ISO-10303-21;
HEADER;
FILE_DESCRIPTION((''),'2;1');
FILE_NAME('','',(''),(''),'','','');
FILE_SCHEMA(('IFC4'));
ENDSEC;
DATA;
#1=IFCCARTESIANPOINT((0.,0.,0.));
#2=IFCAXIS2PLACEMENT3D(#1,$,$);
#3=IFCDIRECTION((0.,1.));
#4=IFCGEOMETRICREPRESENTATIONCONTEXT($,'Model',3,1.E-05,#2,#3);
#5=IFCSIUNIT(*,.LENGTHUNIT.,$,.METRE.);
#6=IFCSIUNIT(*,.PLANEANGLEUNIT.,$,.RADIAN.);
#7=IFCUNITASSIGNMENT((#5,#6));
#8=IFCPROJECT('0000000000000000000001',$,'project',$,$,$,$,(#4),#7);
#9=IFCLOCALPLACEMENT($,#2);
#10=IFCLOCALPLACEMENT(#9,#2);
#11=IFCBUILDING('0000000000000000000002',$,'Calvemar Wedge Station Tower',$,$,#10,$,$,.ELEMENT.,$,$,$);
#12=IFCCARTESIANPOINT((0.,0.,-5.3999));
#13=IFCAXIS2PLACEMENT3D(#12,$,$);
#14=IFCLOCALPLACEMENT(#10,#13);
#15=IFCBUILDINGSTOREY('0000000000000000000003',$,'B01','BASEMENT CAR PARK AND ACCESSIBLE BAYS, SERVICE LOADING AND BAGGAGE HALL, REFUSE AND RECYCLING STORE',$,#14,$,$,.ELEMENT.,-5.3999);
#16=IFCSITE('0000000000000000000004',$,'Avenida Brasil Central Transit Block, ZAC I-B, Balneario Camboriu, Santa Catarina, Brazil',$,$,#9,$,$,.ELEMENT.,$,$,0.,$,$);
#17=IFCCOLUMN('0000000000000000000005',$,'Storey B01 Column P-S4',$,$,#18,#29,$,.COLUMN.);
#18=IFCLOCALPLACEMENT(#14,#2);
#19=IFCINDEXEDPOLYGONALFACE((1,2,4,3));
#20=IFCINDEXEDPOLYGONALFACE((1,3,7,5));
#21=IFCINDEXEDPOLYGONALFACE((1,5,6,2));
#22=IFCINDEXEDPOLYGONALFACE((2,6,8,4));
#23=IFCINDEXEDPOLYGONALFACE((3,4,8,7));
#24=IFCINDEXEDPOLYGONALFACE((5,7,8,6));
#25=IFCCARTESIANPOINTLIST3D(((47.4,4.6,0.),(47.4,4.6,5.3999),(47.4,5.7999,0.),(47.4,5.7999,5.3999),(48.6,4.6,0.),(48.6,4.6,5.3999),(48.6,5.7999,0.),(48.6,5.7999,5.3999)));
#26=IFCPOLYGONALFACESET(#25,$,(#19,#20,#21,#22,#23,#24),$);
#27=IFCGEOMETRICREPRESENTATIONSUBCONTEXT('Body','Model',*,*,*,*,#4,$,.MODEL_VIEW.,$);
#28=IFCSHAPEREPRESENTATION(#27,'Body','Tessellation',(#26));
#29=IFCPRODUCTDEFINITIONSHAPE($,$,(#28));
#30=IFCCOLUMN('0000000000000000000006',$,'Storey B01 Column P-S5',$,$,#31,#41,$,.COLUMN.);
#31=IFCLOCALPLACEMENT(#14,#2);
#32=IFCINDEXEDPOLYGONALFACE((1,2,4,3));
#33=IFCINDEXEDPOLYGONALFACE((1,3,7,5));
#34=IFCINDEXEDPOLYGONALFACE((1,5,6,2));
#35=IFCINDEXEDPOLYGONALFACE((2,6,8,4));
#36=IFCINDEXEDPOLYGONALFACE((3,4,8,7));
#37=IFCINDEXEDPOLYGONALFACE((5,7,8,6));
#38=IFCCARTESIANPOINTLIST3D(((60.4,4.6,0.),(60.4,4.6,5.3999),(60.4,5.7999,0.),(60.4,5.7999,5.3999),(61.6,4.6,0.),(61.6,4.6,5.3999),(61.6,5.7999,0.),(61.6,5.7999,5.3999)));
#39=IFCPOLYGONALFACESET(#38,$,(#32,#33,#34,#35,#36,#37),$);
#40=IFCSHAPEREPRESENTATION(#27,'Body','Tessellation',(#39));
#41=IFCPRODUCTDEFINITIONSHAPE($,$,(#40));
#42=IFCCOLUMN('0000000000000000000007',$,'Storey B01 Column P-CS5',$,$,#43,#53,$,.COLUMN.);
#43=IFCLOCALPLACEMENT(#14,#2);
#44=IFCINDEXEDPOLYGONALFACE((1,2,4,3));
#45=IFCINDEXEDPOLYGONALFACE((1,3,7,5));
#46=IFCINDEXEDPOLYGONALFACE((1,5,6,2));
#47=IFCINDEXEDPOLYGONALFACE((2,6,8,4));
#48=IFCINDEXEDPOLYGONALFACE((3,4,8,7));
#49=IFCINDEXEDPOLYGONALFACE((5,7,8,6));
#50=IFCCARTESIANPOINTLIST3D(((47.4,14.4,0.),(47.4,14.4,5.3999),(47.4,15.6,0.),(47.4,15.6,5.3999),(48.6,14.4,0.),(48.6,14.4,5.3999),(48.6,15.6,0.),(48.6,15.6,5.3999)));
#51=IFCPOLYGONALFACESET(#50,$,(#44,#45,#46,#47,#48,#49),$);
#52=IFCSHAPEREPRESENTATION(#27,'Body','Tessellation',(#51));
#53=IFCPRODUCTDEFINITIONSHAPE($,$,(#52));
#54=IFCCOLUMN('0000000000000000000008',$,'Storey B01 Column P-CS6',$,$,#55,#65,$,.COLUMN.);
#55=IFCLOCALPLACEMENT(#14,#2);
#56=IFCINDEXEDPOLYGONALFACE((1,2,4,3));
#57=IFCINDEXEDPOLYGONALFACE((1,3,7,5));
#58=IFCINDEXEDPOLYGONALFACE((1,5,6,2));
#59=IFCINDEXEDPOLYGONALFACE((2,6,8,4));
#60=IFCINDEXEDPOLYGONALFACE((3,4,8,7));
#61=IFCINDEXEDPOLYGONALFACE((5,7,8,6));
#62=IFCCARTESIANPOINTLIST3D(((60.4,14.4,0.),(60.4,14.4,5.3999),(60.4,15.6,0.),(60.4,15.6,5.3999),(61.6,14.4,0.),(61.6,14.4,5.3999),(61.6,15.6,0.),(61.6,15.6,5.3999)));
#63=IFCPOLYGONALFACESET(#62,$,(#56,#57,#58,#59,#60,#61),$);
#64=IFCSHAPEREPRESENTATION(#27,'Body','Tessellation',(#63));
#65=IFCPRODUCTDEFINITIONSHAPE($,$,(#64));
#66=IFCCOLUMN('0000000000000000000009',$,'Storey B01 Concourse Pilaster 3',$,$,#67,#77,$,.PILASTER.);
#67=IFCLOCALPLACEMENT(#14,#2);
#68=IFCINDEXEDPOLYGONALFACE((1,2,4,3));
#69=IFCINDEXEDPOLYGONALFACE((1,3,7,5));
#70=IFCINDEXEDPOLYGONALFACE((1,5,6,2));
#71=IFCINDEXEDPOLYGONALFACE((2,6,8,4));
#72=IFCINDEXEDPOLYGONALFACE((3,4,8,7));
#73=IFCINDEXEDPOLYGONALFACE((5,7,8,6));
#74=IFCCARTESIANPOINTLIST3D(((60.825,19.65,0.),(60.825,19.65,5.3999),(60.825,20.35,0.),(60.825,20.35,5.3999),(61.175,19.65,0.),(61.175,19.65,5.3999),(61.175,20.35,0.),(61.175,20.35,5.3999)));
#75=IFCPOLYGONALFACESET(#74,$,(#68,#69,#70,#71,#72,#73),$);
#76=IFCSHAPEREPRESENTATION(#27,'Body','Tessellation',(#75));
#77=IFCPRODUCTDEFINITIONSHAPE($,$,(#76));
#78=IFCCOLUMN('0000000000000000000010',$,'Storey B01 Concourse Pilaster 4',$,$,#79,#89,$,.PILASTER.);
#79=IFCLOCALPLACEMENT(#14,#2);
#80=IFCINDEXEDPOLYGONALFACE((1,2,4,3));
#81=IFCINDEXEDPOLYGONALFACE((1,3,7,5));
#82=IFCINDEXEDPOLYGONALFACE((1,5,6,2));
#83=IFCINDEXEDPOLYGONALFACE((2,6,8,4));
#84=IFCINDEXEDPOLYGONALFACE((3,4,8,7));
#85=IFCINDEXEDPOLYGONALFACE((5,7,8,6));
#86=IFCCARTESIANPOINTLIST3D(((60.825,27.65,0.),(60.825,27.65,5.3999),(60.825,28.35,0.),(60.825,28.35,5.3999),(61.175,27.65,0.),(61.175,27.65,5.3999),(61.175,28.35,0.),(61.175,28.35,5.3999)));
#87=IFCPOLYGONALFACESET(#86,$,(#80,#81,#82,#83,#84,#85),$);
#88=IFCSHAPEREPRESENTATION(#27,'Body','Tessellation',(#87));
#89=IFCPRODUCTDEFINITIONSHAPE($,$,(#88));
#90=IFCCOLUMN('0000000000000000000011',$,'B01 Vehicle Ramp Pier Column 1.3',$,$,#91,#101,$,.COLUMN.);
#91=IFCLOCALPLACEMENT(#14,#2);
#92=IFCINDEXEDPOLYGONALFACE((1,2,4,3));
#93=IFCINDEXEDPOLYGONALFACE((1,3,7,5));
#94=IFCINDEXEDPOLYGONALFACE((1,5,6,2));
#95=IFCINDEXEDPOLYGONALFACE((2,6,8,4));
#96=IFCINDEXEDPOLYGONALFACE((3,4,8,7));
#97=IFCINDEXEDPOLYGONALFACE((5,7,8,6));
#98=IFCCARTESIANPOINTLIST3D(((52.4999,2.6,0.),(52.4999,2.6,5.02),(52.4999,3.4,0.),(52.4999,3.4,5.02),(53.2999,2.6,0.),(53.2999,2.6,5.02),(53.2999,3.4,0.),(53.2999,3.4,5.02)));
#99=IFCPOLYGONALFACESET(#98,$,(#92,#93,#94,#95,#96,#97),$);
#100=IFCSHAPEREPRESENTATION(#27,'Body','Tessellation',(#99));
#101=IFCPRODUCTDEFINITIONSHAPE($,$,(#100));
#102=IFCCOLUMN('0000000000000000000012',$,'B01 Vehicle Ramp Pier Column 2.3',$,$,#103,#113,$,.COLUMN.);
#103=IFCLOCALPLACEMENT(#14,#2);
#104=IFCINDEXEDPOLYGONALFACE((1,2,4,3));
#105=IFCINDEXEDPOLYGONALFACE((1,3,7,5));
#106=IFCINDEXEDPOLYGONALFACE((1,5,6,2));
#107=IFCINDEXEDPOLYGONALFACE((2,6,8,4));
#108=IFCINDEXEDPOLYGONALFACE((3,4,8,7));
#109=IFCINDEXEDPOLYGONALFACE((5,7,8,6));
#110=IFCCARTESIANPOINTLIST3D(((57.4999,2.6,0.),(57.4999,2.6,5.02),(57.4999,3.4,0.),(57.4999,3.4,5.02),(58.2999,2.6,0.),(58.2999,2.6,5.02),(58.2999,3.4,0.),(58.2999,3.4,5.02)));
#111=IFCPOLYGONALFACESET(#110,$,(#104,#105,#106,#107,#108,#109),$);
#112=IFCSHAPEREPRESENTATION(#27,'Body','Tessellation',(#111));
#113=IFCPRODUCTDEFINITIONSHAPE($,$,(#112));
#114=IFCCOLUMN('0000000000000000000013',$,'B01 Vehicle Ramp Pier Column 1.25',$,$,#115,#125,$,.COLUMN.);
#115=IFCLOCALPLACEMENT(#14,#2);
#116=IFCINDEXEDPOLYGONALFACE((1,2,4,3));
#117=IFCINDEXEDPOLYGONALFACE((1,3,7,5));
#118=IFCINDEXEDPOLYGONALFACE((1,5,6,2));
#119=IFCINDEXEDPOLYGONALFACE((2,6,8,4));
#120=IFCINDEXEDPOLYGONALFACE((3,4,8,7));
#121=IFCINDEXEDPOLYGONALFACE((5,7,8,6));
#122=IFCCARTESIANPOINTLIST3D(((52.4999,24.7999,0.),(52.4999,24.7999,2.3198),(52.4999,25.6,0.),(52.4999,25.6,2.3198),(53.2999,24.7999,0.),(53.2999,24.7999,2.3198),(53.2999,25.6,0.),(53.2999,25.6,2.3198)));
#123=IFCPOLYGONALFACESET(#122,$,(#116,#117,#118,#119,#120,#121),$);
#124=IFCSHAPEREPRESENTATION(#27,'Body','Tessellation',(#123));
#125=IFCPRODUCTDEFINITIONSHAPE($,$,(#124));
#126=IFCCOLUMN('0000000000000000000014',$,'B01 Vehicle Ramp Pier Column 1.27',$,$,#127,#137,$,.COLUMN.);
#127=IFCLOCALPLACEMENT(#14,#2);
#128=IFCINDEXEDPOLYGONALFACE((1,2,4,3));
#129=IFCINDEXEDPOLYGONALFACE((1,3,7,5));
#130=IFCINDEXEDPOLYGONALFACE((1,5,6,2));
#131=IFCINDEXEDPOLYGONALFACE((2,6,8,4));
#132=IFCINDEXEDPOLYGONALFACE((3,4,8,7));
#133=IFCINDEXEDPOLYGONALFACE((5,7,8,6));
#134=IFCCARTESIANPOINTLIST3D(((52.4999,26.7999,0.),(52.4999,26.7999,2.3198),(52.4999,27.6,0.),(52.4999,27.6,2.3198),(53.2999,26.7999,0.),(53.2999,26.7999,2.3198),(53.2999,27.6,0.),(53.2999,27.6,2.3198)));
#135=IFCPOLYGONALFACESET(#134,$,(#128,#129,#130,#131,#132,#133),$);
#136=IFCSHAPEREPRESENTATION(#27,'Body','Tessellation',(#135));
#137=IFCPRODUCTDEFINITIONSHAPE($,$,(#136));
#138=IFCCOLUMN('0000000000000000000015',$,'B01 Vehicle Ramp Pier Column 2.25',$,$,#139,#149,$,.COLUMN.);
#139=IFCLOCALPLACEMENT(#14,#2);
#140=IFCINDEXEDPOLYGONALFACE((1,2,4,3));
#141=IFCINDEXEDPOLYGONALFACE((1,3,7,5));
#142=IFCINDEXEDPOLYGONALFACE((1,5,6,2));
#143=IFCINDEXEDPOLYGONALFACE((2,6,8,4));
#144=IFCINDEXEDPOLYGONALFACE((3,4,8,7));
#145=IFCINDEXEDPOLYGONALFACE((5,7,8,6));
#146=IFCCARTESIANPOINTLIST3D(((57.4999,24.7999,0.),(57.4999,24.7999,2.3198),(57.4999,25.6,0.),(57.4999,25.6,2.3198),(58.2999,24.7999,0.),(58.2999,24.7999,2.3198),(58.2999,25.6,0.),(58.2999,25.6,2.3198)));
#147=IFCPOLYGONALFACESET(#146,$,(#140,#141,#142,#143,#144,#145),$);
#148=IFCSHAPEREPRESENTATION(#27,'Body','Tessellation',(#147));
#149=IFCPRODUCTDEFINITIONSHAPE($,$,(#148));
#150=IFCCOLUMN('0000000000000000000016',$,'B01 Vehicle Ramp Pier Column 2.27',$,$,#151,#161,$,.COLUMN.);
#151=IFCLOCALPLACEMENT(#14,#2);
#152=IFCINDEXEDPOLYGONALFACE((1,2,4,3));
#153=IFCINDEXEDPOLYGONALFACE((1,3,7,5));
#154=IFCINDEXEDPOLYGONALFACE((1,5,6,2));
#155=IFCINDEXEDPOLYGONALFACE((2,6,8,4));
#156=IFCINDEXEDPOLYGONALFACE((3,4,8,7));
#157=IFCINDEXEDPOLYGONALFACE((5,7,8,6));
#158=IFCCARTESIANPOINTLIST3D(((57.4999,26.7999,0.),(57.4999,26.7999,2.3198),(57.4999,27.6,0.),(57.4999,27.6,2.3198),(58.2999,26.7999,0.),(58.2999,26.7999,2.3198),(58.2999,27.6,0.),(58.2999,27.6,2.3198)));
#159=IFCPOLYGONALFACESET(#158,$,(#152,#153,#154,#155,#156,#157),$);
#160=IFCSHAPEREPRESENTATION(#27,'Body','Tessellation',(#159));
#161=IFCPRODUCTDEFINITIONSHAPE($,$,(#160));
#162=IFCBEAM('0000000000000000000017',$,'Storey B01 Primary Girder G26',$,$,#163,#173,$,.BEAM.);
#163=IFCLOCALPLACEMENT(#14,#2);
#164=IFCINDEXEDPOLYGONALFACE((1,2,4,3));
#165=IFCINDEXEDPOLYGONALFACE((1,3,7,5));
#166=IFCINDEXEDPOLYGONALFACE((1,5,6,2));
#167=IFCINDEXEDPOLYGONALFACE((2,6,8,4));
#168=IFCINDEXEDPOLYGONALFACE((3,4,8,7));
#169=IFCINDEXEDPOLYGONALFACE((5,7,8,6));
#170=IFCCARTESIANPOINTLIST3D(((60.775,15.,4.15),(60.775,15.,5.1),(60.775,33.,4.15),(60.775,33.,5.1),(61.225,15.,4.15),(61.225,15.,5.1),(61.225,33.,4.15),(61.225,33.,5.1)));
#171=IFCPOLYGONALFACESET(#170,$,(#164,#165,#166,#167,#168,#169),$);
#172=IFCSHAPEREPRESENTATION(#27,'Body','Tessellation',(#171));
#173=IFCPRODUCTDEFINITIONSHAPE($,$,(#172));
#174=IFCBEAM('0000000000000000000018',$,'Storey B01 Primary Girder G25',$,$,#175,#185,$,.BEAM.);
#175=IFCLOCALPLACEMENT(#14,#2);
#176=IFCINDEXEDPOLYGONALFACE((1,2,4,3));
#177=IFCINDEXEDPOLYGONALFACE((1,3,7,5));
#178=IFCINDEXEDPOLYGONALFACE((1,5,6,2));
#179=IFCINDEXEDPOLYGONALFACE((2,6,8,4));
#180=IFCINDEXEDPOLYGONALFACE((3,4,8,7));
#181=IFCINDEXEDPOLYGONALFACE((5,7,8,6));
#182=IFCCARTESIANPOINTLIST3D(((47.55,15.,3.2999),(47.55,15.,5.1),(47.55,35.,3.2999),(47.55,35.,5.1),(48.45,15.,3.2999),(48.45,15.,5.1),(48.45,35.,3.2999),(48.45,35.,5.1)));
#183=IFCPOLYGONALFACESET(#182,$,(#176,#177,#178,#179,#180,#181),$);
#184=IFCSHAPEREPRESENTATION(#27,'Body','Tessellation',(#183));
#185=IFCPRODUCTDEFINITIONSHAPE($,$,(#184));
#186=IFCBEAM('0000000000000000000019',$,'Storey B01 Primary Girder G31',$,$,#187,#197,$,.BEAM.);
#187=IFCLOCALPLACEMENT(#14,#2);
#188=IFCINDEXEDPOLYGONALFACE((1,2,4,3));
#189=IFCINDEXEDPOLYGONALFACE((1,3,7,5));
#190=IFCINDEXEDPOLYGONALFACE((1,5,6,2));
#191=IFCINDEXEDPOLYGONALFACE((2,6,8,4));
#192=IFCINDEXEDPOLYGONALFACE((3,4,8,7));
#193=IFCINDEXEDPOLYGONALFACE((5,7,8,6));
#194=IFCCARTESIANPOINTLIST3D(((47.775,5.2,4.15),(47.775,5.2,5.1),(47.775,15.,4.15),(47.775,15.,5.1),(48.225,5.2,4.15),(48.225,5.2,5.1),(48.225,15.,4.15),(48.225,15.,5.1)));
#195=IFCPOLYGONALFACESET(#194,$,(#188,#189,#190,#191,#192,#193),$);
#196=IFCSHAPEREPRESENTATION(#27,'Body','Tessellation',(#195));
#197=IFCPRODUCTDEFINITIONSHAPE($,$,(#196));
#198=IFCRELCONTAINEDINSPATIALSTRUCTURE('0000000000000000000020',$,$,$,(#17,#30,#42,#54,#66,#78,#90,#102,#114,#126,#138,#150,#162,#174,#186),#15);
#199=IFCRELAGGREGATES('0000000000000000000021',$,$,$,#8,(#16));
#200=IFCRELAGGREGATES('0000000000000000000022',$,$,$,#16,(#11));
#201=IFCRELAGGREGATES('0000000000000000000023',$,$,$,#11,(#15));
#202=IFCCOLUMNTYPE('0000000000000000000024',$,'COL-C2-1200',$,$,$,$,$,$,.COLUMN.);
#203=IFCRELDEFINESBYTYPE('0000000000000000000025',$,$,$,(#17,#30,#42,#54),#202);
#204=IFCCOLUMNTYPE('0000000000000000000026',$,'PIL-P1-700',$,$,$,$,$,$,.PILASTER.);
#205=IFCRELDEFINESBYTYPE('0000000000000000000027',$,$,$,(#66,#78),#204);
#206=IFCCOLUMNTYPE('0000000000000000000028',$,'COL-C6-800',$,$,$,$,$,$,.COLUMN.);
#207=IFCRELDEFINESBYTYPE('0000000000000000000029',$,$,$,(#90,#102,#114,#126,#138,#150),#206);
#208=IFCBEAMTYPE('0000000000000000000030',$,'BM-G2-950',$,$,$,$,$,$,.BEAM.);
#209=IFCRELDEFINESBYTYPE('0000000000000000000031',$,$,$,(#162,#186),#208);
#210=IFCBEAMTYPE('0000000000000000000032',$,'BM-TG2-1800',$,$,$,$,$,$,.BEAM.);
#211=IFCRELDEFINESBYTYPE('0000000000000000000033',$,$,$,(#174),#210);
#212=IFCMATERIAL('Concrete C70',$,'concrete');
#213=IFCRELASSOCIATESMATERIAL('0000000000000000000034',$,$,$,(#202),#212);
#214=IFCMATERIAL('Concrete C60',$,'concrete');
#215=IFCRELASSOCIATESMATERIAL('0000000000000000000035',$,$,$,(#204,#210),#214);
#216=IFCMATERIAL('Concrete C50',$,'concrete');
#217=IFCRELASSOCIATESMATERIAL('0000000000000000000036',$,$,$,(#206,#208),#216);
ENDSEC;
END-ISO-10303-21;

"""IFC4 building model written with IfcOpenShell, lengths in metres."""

from ifc_helpers import new_model, si_unit, direction, frame, origin, origin_2d, place, context, subcontext, project, spatial, rectangle, extrude, source, transform, mapped, material, material_profile, profile_set, type_object, element, save


model = new_model("IFC4")

# Units and contexts
model_context = context("Model", 3, precision=1e-05, world=origin(), true_north=direction((0.0, 1.0)))
body_context = subcontext(model_context, "Body", "Model", "MODEL_VIEW")
ifc_project = project(units=[si_unit("LENGTHUNIT", "METRE"), si_unit("PLANEANGLEUNIT", "RADIAN")], contexts=[model_context])

# Site, building, storey
site_placement = place(None, origin())
site = spatial("IfcSite", under=ifc_project, at=site_placement, Name="Avenida Brasil Central Transit Block, ZAC I-B, Balneario Camboriu, Santa Catarina, Brazil", CompositionType="ELEMENT", RefElevation=0.0)
building_placement = place(site_placement, origin())
building = spatial("IfcBuilding", under=site, at=building_placement, Name="Calvemar Wedge Station Tower", CompositionType="ELEMENT")
storey_placement = place(building_placement, frame((0.0, 0.0, -5.3999)))
storey = spatial("IfcBuildingStorey", under=building, at=storey_placement, Name="B01", Description="BASEMENT CAR PARK AND ACCESSIBLE BAYS, SERVICE LOADING AND BAGGAGE HALL, REFUSE AND RECYCLING STORE", CompositionType="ELEMENT", Elevation=-5.3999)

# Columns
ifc_material_1 = material(Name="Concrete C70", Category="concrete")
ifc_material_profile_1 = material_profile(ifc_material_1, rectangle(XDim=1.2, YDim=1.2, at=origin_2d()), Name="RC1200x1200")
ifc_profile_set_1 = profile_set([ifc_material_profile_1], Name="Concrete C70")
column_type_1 = type_object("IfcColumnType", Name="COL-C2-1200", PredefinedType="COLUMN", material=ifc_profile_set_1)
shared_shape_1 = source(origin(), body_context, "Body", "SweptSolid", [
    extrude(rectangle(XDim=1.2, YDim=1.2, at=origin_2d()), origin(), (0.0, 0.0, 1.0), 5.3999),
])
for number, where, z_axis, x_axis, name in (
    (1, (48.0, 5.2, 0.0), (0.0, 0.0, 1.0), (1.0, 0.0, 0.0), "Storey B01 Column P-S4"),
    (2, (61.0, 5.2, 0.0), (0.0, 0.0, 1.0), (1.0, 0.0, 0.0), "Storey B01 Column P-S5"),
    (3, (48.0, 15.0, 0.0), (0.0, 0.0, 1.0), (1.0, 0.0, 0.0), "Storey B01 Column P-CS5"),
    (4, (61.0, 15.0, 0.0), (0.0, 0.0, 1.0), (1.0, 0.0, 0.0), "Storey B01 Column P-CS6"),
):
    element("IfcColumn", number, at=place(storey_placement, frame(where, z_axis=z_axis, x_axis=x_axis)), inside=storey, type_object=column_type_1, Name=name, PredefinedType="COLUMN", context=body_context, shape_type="MappedRepresentation", body=[
        mapped(shared_shape_1, transform((0.0, 0.0, 0.0), scale=1.0)),
    ])
ifc_material_2 = material(Name="Concrete C60", Category="concrete")
ifc_material_profile_2 = material_profile(ifc_material_2, rectangle(XDim=0.3501, YDim=0.7, at=origin_2d()), Name="RC350x700")
ifc_profile_set_2 = profile_set([ifc_material_profile_2], Name="Concrete C60")
column_type_2 = type_object("IfcColumnType", Name="PIL-P1-700", PredefinedType="PILASTER", material=ifc_profile_set_2)
shared_shape_2 = source(origin(), body_context, "Body", "SweptSolid", [
    extrude(rectangle(XDim=0.3501, YDim=0.7, at=origin_2d()), origin(), (0.0, 0.0, 1.0), 5.3999),
])
for number, where, z_axis, x_axis, name in (
    (5, (61.0, 20.0, 0.0), (0.0, 0.0, 1.0), (1.0, 0.0, 0.0), "Storey B01 Concourse Pilaster 3"),
    (6, (61.0, 28.0, 0.0), (0.0, 0.0, 1.0), (1.0, 0.0, 0.0), "Storey B01 Concourse Pilaster 4"),
):
    element("IfcColumn", number, at=place(storey_placement, frame(where, z_axis=z_axis, x_axis=x_axis)), inside=storey, type_object=column_type_2, Name=name, PredefinedType="PILASTER", context=body_context, shape_type="MappedRepresentation", body=[
        mapped(shared_shape_2, transform((0.0, 0.0, 0.0), scale=1.0)),
    ])
ifc_material_3 = material(Name="Concrete C50", Category="concrete")
ifc_material_profile_3 = material_profile(ifc_material_3, rectangle(XDim=0.8, YDim=0.8, at=origin_2d()), Name="RC800x800")
ifc_profile_set_3 = profile_set([ifc_material_profile_3], Name="Concrete C50")
column_type_3 = type_object("IfcColumnType", Name="COL-C6-800", PredefinedType="COLUMN", material=ifc_profile_set_3)
shared_shape_3 = source(origin(), body_context, "Body", "SweptSolid", [
    extrude(rectangle(XDim=0.8, YDim=0.8, at=origin_2d()), origin(), (0.0, 0.0, 1.0), 5.02),
])
for number, where, z_axis, x_axis, name in (
    (7, (52.8999, 3.0, 0.0), (0.0, 0.0, 1.0), (1.0, 0.0, 0.0), "B01 Vehicle Ramp Pier Column 1.3"),
    (8, (57.8999, 3.0, 0.0), (0.0, 0.0, 1.0), (1.0, 0.0, 0.0), "B01 Vehicle Ramp Pier Column 2.3"),
):
    element("IfcColumn", number, at=place(storey_placement, frame(where, z_axis=z_axis, x_axis=x_axis)), inside=storey, type_object=column_type_3, Name=name, PredefinedType="COLUMN", context=body_context, shape_type="MappedRepresentation", body=[
        mapped(shared_shape_3, transform((0.0, 0.0, 0.0), scale=1.0)),
    ])
shared_shape_4 = source(origin(), body_context, "Body", "SweptSolid", [
    extrude(rectangle(XDim=0.8, YDim=0.8, at=origin_2d()), origin(), (0.0, 0.0, 1.0), 2.3198),
])
for number, where, z_axis, x_axis, name in (
    (9, (52.8999, 25.2, 0.0), (0.0, 0.0, 1.0), (1.0, 0.0, 0.0), "B01 Vehicle Ramp Pier Column 1.25"),
    (10, (52.8999, 27.2, 0.0), (0.0, 0.0, 1.0), (1.0, 0.0, 0.0), "B01 Vehicle Ramp Pier Column 1.27"),
    (11, (57.8999, 25.2, 0.0), (0.0, 0.0, 1.0), (1.0, 0.0, 0.0), "B01 Vehicle Ramp Pier Column 2.25"),
    (12, (57.8999, 27.2, 0.0), (0.0, 0.0, 1.0), (1.0, 0.0, 0.0), "B01 Vehicle Ramp Pier Column 2.27"),
):
    element("IfcColumn", number, at=place(storey_placement, frame(where, z_axis=z_axis, x_axis=x_axis)), inside=storey, type_object=column_type_3, Name=name, PredefinedType="COLUMN", context=body_context, shape_type="MappedRepresentation", body=[
        mapped(shared_shape_4, transform((0.0, 0.0, 0.0), scale=1.0)),
    ])

# Beams
ifc_material_profile_4 = material_profile(ifc_material_3, rectangle(XDim=0.45, YDim=0.95, at=origin_2d()), Name="RC450x950")
ifc_profile_set_4 = profile_set([ifc_material_profile_4], Name="Concrete C50")
beam_type_1 = type_object("IfcBeamType", Name="BM-G2-950", PredefinedType="BEAM", material=ifc_profile_set_4)
shared_shape_5 = source(origin(), body_context, "Body", "SweptSolid", [
    extrude(rectangle(XDim=0.45, YDim=0.95, at=origin_2d()), origin(), (0.0, 0.0, 1.0), 18.0),
])
beam_1_placement = place(storey_placement, frame((61.0, 15.0, 4.625), z_axis=(0.0, 1.0, 0.0), x_axis=(-1.0, 0.0, 0.0)))
element("IfcBeam", 13, at=beam_1_placement, inside=storey, type_object=beam_type_1, Name="Storey B01 Primary Girder G26", PredefinedType="BEAM", context=body_context, shape_type="MappedRepresentation", body=[
    mapped(shared_shape_5, transform((0.0, 0.0, 0.0), scale=1.0)),
])
ifc_material_profile_5 = material_profile(ifc_material_2, rectangle(XDim=0.8999, YDim=1.8, at=origin_2d()), Name="RC900x1800")
ifc_profile_set_5 = profile_set([ifc_material_profile_5], Name="Concrete C60")
beam_type_2 = type_object("IfcBeamType", Name="BM-TG2-1800", PredefinedType="BEAM", material=ifc_profile_set_5)
shared_shape_6 = source(origin(), body_context, "Body", "SweptSolid", [
    extrude(rectangle(XDim=0.8999, YDim=1.8, at=origin_2d()), origin(), (0.0, 0.0, 1.0), 20.0),
])
beam_2_placement = place(storey_placement, frame((48.0, 15.0, 4.2), z_axis=(0.0, 1.0, 0.0), x_axis=(-1.0, 0.0, 0.0)))
element("IfcBeam", 14, at=beam_2_placement, inside=storey, type_object=beam_type_2, Name="Storey B01 Primary Girder G25", PredefinedType="BEAM", context=body_context, shape_type="MappedRepresentation", body=[
    mapped(shared_shape_6, transform((0.0, 0.0, 0.0), scale=1.0)),
])
shared_shape_7 = source(origin(), body_context, "Body", "SweptSolid", [
    extrude(rectangle(XDim=0.45, YDim=0.95, at=origin_2d()), origin(), (0.0, 0.0, 1.0), 9.8),
])
for number, where, z_axis, x_axis, name in (
    (15, (48.0, 5.2, 4.625), (0.0, 1.0, 0.0), (-1.0, 0.0, 0.0), "Storey B01 Primary Girder G31"),
):
    element("IfcBeam", number, at=place(storey_placement, frame(where, z_axis=z_axis, x_axis=x_axis)), inside=storey, type_object=beam_type_1, Name=name, PredefinedType="BEAM", context=body_context, shape_type="MappedRepresentation", body=[
        mapped(shared_shape_7, transform((0.0, 0.0, 0.0), scale=1.0)),
    ])

save(model, "model.ifc")
